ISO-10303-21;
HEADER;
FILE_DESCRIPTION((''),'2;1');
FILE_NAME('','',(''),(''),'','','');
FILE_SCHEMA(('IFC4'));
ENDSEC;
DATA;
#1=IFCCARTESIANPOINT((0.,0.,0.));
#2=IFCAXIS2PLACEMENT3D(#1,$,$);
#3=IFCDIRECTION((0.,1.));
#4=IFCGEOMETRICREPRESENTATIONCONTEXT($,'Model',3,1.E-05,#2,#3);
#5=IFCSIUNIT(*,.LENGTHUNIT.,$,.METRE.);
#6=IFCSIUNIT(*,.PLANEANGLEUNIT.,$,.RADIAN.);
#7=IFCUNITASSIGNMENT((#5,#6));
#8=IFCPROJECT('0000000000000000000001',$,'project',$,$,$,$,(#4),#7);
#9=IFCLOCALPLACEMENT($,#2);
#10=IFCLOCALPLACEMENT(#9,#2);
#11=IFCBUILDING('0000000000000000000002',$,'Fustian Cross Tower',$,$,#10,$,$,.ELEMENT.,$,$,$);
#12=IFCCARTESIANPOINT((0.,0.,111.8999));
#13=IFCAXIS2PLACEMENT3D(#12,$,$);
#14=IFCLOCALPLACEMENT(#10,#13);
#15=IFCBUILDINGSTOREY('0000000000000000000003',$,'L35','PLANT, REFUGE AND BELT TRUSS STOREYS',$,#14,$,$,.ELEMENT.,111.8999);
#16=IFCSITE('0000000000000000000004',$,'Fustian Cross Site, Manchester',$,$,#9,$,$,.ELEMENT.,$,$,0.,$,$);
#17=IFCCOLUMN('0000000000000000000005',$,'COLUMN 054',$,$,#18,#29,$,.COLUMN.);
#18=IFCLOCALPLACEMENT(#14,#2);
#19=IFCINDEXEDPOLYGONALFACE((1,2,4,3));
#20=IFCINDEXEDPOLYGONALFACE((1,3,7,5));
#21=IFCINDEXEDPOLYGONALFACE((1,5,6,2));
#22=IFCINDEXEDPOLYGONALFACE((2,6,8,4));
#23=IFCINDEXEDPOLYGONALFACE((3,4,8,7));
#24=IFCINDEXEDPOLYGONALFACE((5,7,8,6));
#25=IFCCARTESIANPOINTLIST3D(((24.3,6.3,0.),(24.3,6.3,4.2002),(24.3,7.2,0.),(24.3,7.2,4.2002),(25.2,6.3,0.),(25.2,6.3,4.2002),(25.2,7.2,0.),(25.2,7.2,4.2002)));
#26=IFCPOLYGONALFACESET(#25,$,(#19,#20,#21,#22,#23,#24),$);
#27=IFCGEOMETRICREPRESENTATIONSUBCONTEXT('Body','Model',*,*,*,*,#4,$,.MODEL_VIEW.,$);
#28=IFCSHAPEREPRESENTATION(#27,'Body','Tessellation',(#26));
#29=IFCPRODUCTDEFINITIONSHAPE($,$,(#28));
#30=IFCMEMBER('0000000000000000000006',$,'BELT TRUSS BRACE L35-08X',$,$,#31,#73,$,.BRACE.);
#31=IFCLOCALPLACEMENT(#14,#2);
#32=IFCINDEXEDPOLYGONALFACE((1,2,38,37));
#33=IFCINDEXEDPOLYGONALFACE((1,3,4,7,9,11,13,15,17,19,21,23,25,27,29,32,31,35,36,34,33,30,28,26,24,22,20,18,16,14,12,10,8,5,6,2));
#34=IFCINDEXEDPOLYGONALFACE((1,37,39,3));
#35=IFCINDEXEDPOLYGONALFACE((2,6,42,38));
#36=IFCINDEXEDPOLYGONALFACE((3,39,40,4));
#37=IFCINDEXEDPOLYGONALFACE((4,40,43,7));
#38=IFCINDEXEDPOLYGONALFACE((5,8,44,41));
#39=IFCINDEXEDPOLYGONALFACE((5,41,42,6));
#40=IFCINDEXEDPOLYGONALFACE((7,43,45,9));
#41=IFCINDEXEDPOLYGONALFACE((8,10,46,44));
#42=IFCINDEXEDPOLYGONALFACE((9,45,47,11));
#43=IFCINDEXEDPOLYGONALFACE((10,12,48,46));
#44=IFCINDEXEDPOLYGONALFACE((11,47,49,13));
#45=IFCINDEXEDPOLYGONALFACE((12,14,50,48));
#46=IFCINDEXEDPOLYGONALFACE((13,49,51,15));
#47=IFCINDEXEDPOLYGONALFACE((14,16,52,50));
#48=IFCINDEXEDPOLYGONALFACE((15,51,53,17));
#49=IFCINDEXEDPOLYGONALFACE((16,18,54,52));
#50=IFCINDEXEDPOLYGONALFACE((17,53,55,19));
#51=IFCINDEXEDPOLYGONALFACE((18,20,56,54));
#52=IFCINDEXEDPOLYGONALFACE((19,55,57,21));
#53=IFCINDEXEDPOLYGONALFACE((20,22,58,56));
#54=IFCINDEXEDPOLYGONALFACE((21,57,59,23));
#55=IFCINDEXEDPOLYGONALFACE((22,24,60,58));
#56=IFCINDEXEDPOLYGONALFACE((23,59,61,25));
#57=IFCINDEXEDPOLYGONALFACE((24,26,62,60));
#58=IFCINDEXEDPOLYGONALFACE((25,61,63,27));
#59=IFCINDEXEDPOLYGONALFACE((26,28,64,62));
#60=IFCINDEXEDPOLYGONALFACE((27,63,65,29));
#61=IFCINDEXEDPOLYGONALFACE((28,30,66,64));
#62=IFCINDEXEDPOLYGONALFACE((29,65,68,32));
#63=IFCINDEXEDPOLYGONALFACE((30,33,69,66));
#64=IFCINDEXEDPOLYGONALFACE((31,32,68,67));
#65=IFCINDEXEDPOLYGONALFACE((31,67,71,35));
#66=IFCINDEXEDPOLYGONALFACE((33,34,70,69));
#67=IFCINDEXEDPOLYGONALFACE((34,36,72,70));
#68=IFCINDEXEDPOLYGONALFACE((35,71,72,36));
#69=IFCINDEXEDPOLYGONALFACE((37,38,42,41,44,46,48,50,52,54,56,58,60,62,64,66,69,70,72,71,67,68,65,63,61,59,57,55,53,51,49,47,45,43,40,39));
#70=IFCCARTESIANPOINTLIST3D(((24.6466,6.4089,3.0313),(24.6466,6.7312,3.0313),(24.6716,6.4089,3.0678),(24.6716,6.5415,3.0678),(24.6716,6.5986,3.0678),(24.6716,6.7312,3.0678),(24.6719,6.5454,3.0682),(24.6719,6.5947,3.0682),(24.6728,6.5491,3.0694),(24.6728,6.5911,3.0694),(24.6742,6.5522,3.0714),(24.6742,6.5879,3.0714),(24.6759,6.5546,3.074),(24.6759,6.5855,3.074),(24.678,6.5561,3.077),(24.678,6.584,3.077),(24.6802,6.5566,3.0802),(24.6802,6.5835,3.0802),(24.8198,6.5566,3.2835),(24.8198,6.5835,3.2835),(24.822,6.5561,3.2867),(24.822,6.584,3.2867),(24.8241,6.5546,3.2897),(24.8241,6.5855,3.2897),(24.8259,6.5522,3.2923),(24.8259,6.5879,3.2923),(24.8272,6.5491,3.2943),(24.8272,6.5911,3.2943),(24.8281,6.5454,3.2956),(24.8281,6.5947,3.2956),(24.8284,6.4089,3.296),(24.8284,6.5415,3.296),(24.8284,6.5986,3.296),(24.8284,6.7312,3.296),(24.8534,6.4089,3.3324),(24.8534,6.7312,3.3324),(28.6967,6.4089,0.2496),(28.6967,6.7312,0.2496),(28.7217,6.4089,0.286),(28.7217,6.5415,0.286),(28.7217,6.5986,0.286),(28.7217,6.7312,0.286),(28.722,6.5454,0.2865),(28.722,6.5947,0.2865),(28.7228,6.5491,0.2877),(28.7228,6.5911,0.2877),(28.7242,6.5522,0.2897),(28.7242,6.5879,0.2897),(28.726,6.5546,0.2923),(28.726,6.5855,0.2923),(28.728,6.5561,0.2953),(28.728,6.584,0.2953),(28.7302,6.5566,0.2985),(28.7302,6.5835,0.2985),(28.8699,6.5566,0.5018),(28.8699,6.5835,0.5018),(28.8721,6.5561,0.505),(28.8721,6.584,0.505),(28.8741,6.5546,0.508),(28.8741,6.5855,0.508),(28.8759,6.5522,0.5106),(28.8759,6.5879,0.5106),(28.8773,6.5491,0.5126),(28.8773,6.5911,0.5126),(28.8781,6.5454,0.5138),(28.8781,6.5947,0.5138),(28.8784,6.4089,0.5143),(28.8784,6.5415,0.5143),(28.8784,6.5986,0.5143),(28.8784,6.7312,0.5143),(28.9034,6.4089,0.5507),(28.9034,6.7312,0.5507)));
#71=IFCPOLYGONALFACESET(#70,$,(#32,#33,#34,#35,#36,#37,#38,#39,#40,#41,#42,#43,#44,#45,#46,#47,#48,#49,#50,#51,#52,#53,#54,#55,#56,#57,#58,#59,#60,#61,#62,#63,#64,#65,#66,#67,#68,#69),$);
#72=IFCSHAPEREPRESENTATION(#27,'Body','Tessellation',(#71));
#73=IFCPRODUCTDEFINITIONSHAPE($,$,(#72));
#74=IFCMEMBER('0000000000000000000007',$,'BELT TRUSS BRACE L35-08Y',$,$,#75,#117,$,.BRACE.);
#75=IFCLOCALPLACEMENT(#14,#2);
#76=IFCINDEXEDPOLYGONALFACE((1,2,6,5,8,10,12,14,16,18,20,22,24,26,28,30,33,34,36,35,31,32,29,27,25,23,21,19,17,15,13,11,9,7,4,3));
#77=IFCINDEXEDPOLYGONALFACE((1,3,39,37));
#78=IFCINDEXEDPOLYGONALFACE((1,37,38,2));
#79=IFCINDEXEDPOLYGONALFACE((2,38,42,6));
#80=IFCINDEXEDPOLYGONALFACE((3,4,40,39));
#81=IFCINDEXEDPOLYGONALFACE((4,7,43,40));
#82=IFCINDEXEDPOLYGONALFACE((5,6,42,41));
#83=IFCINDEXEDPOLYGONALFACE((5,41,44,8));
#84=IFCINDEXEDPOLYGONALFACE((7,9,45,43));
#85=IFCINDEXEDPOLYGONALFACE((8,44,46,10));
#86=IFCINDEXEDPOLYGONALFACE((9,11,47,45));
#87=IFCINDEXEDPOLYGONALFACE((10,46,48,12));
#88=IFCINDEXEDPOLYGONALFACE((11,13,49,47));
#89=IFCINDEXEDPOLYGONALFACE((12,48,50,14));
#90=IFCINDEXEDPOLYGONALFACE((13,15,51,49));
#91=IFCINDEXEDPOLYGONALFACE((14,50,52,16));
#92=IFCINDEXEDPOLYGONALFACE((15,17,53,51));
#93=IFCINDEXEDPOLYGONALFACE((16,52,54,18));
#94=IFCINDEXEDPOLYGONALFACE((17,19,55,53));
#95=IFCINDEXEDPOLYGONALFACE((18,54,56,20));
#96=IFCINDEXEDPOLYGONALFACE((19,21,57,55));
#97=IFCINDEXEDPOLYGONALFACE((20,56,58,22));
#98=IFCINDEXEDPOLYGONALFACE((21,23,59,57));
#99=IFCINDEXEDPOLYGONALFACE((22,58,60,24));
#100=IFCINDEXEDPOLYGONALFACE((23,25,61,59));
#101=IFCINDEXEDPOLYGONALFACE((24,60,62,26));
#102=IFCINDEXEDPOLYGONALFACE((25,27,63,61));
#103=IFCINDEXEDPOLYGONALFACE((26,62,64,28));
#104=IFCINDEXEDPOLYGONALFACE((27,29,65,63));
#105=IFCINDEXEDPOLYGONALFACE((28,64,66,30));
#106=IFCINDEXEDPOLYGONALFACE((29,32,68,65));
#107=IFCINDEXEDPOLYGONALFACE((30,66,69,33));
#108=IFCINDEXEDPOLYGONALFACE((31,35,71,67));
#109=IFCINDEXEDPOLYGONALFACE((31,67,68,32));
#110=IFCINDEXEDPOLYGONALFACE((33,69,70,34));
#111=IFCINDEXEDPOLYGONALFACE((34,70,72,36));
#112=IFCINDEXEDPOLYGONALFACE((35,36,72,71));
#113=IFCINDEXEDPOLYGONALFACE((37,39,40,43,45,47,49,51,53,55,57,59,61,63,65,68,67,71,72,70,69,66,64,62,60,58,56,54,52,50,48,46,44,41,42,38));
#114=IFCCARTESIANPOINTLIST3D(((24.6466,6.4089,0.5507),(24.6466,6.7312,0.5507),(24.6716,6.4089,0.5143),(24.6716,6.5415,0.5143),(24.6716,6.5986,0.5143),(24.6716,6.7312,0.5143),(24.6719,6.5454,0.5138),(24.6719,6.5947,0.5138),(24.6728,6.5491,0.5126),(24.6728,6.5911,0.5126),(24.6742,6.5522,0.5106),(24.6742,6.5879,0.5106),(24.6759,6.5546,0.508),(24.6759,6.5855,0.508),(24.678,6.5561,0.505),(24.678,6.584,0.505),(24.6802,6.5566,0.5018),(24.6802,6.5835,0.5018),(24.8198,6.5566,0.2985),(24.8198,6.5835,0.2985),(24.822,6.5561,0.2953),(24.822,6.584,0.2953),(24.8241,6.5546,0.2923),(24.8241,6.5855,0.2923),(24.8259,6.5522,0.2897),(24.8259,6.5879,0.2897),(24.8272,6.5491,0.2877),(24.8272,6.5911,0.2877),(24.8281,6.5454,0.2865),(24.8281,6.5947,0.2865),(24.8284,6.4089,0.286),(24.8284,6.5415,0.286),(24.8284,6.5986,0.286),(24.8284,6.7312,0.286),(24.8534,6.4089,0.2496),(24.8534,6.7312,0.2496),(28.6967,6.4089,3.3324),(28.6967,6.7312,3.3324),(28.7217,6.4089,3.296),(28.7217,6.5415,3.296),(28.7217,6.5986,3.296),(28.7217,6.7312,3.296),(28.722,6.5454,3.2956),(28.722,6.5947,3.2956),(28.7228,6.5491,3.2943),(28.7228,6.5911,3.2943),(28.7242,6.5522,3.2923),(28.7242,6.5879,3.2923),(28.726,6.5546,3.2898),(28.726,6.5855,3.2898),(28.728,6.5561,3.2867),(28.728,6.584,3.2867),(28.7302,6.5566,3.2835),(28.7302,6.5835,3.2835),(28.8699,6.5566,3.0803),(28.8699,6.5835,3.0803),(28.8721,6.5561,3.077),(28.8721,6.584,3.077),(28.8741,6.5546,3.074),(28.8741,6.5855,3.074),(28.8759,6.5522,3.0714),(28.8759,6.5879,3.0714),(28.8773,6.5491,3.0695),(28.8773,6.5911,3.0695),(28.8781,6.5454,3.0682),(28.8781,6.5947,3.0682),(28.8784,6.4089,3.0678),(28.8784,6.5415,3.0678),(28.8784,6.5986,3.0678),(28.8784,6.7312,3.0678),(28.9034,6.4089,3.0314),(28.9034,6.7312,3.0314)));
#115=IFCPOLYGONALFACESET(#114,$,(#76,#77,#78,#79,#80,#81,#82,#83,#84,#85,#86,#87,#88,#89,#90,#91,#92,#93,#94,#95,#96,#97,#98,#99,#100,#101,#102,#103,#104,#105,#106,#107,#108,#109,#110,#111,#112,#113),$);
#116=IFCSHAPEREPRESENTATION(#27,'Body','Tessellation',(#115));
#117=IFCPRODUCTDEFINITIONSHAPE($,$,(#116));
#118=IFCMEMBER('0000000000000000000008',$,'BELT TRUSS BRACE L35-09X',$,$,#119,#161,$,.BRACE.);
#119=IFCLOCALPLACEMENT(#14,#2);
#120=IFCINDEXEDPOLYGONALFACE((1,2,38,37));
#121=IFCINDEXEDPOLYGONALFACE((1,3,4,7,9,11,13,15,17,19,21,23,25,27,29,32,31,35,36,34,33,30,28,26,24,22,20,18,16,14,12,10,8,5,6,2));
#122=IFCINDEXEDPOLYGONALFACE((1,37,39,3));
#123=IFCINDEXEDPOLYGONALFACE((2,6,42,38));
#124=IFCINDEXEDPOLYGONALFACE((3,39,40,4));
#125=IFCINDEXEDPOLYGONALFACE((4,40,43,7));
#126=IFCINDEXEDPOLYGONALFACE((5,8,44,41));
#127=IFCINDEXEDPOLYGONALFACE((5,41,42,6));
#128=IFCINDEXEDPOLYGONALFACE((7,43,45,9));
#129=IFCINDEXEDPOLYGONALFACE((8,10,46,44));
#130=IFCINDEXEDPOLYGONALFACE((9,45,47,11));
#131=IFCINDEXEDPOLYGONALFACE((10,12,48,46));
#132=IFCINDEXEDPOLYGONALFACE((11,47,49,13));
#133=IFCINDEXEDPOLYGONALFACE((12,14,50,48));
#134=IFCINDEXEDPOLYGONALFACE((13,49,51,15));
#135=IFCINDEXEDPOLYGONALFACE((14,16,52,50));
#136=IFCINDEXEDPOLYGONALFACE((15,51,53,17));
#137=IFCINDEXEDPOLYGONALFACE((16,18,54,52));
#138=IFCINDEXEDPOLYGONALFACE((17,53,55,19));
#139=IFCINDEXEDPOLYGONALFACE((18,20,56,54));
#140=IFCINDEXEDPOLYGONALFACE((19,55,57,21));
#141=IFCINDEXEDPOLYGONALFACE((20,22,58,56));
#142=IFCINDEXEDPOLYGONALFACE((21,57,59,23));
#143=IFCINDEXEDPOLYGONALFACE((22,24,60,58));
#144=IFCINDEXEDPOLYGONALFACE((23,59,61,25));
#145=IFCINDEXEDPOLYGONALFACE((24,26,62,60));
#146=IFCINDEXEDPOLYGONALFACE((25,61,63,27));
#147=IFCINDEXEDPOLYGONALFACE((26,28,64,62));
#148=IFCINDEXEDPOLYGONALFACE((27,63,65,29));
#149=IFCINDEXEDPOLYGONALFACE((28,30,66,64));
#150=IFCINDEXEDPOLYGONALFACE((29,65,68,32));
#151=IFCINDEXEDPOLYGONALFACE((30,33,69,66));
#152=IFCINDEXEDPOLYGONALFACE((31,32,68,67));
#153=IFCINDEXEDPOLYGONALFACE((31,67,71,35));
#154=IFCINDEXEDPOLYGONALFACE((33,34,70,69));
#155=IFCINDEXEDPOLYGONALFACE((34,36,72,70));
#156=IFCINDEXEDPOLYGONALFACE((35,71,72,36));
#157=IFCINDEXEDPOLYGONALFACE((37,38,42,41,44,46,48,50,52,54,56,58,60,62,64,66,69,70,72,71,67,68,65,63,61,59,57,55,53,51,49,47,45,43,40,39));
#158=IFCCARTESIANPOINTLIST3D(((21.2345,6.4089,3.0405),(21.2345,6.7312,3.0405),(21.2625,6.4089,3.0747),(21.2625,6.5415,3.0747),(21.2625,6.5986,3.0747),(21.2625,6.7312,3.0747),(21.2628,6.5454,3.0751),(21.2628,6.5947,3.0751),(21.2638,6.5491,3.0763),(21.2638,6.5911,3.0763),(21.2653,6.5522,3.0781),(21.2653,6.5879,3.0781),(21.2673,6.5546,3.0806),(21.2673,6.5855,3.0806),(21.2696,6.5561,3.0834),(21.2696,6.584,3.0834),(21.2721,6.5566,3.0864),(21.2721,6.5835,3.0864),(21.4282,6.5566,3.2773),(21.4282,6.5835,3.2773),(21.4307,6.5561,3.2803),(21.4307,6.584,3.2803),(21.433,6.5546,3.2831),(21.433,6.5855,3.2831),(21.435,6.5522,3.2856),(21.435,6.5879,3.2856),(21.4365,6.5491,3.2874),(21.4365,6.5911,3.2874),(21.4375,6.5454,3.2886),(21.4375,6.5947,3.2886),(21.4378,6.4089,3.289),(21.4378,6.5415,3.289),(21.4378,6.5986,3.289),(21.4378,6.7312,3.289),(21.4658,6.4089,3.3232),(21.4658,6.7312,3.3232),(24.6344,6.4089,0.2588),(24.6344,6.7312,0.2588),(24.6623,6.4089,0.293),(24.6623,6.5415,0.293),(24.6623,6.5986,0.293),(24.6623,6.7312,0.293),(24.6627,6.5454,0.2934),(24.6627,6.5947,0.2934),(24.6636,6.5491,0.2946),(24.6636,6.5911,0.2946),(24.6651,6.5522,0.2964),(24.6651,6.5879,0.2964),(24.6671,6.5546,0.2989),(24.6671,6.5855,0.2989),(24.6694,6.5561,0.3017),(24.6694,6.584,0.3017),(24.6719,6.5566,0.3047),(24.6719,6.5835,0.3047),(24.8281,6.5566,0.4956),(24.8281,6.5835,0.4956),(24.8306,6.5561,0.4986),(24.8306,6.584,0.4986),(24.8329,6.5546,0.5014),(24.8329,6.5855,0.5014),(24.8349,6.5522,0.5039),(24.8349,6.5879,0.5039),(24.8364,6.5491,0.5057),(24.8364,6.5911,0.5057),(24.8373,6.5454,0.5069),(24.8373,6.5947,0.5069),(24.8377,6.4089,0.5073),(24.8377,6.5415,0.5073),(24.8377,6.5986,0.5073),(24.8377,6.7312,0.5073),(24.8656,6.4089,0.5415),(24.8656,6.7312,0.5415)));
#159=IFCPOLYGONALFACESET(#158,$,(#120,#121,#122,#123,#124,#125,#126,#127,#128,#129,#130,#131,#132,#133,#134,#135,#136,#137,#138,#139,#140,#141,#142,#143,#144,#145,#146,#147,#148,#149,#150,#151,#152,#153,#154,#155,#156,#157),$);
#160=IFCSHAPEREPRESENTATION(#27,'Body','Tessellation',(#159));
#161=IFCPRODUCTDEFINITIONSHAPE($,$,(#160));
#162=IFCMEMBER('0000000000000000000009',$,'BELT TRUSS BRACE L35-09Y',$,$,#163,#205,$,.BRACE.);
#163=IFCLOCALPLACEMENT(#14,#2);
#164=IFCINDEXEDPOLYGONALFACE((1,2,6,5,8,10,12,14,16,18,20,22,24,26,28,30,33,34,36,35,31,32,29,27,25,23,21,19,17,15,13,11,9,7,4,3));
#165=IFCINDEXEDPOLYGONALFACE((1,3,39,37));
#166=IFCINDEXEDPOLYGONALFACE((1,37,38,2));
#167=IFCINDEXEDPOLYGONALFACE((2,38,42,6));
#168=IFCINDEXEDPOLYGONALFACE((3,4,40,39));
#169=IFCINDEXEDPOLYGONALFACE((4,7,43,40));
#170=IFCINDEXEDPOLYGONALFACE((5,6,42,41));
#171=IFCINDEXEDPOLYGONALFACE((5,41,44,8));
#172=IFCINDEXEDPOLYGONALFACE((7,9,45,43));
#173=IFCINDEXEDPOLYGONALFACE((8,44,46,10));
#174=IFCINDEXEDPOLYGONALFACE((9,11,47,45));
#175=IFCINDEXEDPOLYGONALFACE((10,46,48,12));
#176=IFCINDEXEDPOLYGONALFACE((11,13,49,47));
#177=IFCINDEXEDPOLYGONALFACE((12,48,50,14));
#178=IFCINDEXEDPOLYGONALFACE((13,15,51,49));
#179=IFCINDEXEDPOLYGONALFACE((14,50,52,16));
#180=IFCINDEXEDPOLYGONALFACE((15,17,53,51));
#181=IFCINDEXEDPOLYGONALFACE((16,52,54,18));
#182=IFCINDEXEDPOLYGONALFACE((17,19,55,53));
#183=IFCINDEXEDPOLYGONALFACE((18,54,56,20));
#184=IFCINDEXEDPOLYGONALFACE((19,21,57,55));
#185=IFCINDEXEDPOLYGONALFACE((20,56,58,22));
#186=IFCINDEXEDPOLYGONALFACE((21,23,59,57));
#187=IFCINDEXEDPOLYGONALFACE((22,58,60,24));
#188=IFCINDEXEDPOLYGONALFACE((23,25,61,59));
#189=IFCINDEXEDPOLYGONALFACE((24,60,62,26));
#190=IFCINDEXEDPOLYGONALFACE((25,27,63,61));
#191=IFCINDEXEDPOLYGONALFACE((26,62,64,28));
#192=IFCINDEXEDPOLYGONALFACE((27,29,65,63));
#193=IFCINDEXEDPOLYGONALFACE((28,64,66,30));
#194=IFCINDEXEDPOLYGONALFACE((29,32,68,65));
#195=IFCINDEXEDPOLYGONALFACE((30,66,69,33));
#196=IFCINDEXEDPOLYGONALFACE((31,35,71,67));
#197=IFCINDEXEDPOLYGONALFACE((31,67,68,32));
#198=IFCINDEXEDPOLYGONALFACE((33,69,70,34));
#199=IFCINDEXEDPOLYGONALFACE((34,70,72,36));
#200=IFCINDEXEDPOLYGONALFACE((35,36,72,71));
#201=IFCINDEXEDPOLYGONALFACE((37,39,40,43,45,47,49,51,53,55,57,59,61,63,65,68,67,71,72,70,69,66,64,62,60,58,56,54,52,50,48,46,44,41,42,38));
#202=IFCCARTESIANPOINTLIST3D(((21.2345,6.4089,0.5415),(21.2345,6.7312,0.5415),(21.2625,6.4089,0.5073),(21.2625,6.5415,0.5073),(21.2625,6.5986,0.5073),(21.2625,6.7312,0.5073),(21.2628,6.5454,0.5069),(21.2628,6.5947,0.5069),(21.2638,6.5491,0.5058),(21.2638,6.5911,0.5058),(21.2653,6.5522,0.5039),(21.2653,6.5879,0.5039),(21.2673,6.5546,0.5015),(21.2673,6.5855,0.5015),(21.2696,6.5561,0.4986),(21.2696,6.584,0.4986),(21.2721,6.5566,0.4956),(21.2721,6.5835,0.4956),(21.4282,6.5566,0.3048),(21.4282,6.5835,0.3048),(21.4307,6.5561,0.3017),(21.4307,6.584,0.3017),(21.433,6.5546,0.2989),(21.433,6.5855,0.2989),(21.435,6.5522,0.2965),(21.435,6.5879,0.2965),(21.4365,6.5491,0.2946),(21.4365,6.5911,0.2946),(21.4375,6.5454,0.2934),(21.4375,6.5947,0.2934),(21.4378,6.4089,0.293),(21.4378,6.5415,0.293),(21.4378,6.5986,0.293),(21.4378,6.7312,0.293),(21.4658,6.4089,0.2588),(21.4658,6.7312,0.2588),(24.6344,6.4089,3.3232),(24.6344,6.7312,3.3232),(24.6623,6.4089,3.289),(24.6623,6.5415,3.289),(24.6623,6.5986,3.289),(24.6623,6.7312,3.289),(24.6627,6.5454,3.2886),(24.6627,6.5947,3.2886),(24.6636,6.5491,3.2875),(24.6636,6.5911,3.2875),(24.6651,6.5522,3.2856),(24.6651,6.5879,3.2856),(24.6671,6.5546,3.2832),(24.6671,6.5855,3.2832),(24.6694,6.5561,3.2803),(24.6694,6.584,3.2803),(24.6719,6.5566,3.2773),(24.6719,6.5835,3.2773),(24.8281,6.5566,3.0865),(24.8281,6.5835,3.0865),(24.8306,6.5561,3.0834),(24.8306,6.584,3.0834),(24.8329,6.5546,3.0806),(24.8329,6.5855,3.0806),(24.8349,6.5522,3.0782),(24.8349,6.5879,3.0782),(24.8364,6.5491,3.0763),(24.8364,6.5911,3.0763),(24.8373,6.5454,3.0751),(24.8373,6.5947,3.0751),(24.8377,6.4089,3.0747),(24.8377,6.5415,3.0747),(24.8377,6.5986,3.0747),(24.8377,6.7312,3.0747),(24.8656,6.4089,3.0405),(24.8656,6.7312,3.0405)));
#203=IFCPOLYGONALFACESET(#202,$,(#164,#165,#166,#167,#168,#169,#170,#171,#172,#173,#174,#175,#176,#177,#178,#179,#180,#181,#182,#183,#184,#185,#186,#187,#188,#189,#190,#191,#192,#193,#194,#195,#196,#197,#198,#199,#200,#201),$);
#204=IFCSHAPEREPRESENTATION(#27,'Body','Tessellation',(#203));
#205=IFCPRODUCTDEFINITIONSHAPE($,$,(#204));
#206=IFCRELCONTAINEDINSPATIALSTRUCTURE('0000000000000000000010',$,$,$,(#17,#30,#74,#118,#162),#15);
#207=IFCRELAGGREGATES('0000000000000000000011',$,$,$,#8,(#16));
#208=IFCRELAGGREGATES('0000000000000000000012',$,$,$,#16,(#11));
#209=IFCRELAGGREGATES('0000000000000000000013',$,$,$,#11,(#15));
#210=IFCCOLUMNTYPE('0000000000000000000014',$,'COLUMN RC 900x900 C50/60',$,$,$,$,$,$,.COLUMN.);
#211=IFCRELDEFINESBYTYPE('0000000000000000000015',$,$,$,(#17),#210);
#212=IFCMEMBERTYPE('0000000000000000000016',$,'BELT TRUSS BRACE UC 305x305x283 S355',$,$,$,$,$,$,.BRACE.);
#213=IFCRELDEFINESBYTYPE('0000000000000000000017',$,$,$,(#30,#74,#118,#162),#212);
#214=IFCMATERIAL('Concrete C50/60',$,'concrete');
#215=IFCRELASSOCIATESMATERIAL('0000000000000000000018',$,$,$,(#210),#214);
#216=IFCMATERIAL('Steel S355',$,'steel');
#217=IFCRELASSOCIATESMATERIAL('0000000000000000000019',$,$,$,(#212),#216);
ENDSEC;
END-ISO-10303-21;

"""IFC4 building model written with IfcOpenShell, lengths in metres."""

from ifc_helpers import new_model, si_unit, direction, frame, origin, origin_2d, place, context, subcontext, project, spatial, rectangle, i_section, extrude, material, material_profile, profile_set, type_object, element, save


model = new_model("IFC4")

# Units and contexts
model_context = context("Model", 3, precision=1e-05, world=origin(), true_north=direction((0.0, 1.0)))
body_context = subcontext(model_context, "Body", "Model", "MODEL_VIEW")
ifc_project = project(units=[si_unit("LENGTHUNIT", "METRE"), si_unit("PLANEANGLEUNIT", "RADIAN")], contexts=[model_context])

# Site, building, storey
site_placement = place(None, origin())
site = spatial("IfcSite", under=ifc_project, at=site_placement, Name="Fustian Cross Site, Manchester", CompositionType="ELEMENT", RefElevation=0.0)
building_placement = place(site_placement, origin())
building = spatial("IfcBuilding", under=site, at=building_placement, Name="Fustian Cross Tower", CompositionType="ELEMENT")
storey_placement = place(building_placement, frame((0.0, 0.0, 111.8999)))
storey = spatial("IfcBuildingStorey", under=building, at=storey_placement, Name="L35", Description="PLANT, REFUGE AND BELT TRUSS STOREYS", CompositionType="ELEMENT", Elevation=111.8999)

# Column
ifc_material_1 = material(Name="Concrete C50/60", Category="concrete")
ifc_material_profile_1 = material_profile(ifc_material_1, rectangle(XDim=0.8999, YDim=0.8999, at=origin_2d()), Name="RC 900x900")
ifc_profile_set_1 = profile_set([ifc_material_profile_1], Name="Concrete C50/60")
column_type = type_object("IfcColumnType", Name="COLUMN RC 900x900 C50/60", PredefinedType="COLUMN", material=ifc_profile_set_1)
column_placement = place(storey_placement, frame((24.75, 6.75, 0.0), z_axis=(0.0, 0.0, 1.0), x_axis=(1.0, 0.0, 0.0)))
element("IfcColumn", 1, at=column_placement, inside=storey, type_object=column_type, Name="COLUMN 054", PredefinedType="COLUMN", context=body_context, shape_type="SweptSolid", body=[
    extrude(rectangle(XDim=0.8999, YDim=0.8999, at=origin_2d()), origin(), (0.0, 0.0, 1.0), 4.2002),
])

# Members
ifc_material_2 = material(Name="Steel S355", Category="steel")
ifc_material_profile_2 = material_profile(ifc_material_2, i_section(OverallWidth=0.3223, OverallDepth=0.3652, WebThickness=0.0269, FlangeThickness=0.0442, FilletRadius=0.0151, at=origin_2d()), Name="UC 305x305x283")
ifc_profile_set_2 = profile_set([ifc_material_profile_2], Name="Steel S355")
member_type_1 = type_object("IfcMemberType", Name="BELT TRUSS BRACE UC 305x305x283 S355", PredefinedType="BRACE", material=ifc_profile_set_2)
for number, where, z_axis, x_axis, name in (
    (2, (28.8, 6.5701, 0.4001), (-0.824296, 0.0, 0.56616), (0.0, -1.0, 0.0), "BELT TRUSS BRACE L35-08X"),
    (3, (28.8, 6.5701, 3.1819), (-0.824296, 0.0, -0.56616), (0.0, -1.0, 0.0), "BELT TRUSS BRACE L35-08Y"),
):
    element("IfcMember", number, at=place(storey_placement, frame(where, z_axis=z_axis, x_axis=x_axis)), inside=storey, type_object=member_type_1, Name=name, PredefinedType="BRACE", context=body_context, shape_type="SweptSolid", body=[
        extrude(i_section(OverallWidth=0.3223, OverallDepth=0.3652, WebThickness=0.0269, FlangeThickness=0.0442, FilletRadius=0.0151, at=origin_2d()), origin(), (0.0, 0.0, 1.0), 4.9133),
    ])
for number, where, z_axis, x_axis, name in (
    (4, (24.75, 6.5701, 0.4001), (-0.773957, 0.0, 0.633238), (0.0, -1.0, 0.0), "BELT TRUSS BRACE L35-09X"),
    (5, (24.75, 6.5701, 3.1819), (-0.773957, 0.0, -0.633238), (0.0, -1.0, 0.0), "BELT TRUSS BRACE L35-09Y"),
):
    element("IfcMember", number, at=place(storey_placement, frame(where, z_axis=z_axis, x_axis=x_axis)), inside=storey, type_object=member_type_1, Name=name, PredefinedType="BRACE", context=body_context, shape_type="SweptSolid", body=[
        extrude(i_section(OverallWidth=0.3223, OverallDepth=0.3652, WebThickness=0.0269, FlangeThickness=0.0442, FilletRadius=0.0151, at=origin_2d()), origin(), (0.0, 0.0, 1.0), 4.3928),
    ])

save(model, "model.ifc")
